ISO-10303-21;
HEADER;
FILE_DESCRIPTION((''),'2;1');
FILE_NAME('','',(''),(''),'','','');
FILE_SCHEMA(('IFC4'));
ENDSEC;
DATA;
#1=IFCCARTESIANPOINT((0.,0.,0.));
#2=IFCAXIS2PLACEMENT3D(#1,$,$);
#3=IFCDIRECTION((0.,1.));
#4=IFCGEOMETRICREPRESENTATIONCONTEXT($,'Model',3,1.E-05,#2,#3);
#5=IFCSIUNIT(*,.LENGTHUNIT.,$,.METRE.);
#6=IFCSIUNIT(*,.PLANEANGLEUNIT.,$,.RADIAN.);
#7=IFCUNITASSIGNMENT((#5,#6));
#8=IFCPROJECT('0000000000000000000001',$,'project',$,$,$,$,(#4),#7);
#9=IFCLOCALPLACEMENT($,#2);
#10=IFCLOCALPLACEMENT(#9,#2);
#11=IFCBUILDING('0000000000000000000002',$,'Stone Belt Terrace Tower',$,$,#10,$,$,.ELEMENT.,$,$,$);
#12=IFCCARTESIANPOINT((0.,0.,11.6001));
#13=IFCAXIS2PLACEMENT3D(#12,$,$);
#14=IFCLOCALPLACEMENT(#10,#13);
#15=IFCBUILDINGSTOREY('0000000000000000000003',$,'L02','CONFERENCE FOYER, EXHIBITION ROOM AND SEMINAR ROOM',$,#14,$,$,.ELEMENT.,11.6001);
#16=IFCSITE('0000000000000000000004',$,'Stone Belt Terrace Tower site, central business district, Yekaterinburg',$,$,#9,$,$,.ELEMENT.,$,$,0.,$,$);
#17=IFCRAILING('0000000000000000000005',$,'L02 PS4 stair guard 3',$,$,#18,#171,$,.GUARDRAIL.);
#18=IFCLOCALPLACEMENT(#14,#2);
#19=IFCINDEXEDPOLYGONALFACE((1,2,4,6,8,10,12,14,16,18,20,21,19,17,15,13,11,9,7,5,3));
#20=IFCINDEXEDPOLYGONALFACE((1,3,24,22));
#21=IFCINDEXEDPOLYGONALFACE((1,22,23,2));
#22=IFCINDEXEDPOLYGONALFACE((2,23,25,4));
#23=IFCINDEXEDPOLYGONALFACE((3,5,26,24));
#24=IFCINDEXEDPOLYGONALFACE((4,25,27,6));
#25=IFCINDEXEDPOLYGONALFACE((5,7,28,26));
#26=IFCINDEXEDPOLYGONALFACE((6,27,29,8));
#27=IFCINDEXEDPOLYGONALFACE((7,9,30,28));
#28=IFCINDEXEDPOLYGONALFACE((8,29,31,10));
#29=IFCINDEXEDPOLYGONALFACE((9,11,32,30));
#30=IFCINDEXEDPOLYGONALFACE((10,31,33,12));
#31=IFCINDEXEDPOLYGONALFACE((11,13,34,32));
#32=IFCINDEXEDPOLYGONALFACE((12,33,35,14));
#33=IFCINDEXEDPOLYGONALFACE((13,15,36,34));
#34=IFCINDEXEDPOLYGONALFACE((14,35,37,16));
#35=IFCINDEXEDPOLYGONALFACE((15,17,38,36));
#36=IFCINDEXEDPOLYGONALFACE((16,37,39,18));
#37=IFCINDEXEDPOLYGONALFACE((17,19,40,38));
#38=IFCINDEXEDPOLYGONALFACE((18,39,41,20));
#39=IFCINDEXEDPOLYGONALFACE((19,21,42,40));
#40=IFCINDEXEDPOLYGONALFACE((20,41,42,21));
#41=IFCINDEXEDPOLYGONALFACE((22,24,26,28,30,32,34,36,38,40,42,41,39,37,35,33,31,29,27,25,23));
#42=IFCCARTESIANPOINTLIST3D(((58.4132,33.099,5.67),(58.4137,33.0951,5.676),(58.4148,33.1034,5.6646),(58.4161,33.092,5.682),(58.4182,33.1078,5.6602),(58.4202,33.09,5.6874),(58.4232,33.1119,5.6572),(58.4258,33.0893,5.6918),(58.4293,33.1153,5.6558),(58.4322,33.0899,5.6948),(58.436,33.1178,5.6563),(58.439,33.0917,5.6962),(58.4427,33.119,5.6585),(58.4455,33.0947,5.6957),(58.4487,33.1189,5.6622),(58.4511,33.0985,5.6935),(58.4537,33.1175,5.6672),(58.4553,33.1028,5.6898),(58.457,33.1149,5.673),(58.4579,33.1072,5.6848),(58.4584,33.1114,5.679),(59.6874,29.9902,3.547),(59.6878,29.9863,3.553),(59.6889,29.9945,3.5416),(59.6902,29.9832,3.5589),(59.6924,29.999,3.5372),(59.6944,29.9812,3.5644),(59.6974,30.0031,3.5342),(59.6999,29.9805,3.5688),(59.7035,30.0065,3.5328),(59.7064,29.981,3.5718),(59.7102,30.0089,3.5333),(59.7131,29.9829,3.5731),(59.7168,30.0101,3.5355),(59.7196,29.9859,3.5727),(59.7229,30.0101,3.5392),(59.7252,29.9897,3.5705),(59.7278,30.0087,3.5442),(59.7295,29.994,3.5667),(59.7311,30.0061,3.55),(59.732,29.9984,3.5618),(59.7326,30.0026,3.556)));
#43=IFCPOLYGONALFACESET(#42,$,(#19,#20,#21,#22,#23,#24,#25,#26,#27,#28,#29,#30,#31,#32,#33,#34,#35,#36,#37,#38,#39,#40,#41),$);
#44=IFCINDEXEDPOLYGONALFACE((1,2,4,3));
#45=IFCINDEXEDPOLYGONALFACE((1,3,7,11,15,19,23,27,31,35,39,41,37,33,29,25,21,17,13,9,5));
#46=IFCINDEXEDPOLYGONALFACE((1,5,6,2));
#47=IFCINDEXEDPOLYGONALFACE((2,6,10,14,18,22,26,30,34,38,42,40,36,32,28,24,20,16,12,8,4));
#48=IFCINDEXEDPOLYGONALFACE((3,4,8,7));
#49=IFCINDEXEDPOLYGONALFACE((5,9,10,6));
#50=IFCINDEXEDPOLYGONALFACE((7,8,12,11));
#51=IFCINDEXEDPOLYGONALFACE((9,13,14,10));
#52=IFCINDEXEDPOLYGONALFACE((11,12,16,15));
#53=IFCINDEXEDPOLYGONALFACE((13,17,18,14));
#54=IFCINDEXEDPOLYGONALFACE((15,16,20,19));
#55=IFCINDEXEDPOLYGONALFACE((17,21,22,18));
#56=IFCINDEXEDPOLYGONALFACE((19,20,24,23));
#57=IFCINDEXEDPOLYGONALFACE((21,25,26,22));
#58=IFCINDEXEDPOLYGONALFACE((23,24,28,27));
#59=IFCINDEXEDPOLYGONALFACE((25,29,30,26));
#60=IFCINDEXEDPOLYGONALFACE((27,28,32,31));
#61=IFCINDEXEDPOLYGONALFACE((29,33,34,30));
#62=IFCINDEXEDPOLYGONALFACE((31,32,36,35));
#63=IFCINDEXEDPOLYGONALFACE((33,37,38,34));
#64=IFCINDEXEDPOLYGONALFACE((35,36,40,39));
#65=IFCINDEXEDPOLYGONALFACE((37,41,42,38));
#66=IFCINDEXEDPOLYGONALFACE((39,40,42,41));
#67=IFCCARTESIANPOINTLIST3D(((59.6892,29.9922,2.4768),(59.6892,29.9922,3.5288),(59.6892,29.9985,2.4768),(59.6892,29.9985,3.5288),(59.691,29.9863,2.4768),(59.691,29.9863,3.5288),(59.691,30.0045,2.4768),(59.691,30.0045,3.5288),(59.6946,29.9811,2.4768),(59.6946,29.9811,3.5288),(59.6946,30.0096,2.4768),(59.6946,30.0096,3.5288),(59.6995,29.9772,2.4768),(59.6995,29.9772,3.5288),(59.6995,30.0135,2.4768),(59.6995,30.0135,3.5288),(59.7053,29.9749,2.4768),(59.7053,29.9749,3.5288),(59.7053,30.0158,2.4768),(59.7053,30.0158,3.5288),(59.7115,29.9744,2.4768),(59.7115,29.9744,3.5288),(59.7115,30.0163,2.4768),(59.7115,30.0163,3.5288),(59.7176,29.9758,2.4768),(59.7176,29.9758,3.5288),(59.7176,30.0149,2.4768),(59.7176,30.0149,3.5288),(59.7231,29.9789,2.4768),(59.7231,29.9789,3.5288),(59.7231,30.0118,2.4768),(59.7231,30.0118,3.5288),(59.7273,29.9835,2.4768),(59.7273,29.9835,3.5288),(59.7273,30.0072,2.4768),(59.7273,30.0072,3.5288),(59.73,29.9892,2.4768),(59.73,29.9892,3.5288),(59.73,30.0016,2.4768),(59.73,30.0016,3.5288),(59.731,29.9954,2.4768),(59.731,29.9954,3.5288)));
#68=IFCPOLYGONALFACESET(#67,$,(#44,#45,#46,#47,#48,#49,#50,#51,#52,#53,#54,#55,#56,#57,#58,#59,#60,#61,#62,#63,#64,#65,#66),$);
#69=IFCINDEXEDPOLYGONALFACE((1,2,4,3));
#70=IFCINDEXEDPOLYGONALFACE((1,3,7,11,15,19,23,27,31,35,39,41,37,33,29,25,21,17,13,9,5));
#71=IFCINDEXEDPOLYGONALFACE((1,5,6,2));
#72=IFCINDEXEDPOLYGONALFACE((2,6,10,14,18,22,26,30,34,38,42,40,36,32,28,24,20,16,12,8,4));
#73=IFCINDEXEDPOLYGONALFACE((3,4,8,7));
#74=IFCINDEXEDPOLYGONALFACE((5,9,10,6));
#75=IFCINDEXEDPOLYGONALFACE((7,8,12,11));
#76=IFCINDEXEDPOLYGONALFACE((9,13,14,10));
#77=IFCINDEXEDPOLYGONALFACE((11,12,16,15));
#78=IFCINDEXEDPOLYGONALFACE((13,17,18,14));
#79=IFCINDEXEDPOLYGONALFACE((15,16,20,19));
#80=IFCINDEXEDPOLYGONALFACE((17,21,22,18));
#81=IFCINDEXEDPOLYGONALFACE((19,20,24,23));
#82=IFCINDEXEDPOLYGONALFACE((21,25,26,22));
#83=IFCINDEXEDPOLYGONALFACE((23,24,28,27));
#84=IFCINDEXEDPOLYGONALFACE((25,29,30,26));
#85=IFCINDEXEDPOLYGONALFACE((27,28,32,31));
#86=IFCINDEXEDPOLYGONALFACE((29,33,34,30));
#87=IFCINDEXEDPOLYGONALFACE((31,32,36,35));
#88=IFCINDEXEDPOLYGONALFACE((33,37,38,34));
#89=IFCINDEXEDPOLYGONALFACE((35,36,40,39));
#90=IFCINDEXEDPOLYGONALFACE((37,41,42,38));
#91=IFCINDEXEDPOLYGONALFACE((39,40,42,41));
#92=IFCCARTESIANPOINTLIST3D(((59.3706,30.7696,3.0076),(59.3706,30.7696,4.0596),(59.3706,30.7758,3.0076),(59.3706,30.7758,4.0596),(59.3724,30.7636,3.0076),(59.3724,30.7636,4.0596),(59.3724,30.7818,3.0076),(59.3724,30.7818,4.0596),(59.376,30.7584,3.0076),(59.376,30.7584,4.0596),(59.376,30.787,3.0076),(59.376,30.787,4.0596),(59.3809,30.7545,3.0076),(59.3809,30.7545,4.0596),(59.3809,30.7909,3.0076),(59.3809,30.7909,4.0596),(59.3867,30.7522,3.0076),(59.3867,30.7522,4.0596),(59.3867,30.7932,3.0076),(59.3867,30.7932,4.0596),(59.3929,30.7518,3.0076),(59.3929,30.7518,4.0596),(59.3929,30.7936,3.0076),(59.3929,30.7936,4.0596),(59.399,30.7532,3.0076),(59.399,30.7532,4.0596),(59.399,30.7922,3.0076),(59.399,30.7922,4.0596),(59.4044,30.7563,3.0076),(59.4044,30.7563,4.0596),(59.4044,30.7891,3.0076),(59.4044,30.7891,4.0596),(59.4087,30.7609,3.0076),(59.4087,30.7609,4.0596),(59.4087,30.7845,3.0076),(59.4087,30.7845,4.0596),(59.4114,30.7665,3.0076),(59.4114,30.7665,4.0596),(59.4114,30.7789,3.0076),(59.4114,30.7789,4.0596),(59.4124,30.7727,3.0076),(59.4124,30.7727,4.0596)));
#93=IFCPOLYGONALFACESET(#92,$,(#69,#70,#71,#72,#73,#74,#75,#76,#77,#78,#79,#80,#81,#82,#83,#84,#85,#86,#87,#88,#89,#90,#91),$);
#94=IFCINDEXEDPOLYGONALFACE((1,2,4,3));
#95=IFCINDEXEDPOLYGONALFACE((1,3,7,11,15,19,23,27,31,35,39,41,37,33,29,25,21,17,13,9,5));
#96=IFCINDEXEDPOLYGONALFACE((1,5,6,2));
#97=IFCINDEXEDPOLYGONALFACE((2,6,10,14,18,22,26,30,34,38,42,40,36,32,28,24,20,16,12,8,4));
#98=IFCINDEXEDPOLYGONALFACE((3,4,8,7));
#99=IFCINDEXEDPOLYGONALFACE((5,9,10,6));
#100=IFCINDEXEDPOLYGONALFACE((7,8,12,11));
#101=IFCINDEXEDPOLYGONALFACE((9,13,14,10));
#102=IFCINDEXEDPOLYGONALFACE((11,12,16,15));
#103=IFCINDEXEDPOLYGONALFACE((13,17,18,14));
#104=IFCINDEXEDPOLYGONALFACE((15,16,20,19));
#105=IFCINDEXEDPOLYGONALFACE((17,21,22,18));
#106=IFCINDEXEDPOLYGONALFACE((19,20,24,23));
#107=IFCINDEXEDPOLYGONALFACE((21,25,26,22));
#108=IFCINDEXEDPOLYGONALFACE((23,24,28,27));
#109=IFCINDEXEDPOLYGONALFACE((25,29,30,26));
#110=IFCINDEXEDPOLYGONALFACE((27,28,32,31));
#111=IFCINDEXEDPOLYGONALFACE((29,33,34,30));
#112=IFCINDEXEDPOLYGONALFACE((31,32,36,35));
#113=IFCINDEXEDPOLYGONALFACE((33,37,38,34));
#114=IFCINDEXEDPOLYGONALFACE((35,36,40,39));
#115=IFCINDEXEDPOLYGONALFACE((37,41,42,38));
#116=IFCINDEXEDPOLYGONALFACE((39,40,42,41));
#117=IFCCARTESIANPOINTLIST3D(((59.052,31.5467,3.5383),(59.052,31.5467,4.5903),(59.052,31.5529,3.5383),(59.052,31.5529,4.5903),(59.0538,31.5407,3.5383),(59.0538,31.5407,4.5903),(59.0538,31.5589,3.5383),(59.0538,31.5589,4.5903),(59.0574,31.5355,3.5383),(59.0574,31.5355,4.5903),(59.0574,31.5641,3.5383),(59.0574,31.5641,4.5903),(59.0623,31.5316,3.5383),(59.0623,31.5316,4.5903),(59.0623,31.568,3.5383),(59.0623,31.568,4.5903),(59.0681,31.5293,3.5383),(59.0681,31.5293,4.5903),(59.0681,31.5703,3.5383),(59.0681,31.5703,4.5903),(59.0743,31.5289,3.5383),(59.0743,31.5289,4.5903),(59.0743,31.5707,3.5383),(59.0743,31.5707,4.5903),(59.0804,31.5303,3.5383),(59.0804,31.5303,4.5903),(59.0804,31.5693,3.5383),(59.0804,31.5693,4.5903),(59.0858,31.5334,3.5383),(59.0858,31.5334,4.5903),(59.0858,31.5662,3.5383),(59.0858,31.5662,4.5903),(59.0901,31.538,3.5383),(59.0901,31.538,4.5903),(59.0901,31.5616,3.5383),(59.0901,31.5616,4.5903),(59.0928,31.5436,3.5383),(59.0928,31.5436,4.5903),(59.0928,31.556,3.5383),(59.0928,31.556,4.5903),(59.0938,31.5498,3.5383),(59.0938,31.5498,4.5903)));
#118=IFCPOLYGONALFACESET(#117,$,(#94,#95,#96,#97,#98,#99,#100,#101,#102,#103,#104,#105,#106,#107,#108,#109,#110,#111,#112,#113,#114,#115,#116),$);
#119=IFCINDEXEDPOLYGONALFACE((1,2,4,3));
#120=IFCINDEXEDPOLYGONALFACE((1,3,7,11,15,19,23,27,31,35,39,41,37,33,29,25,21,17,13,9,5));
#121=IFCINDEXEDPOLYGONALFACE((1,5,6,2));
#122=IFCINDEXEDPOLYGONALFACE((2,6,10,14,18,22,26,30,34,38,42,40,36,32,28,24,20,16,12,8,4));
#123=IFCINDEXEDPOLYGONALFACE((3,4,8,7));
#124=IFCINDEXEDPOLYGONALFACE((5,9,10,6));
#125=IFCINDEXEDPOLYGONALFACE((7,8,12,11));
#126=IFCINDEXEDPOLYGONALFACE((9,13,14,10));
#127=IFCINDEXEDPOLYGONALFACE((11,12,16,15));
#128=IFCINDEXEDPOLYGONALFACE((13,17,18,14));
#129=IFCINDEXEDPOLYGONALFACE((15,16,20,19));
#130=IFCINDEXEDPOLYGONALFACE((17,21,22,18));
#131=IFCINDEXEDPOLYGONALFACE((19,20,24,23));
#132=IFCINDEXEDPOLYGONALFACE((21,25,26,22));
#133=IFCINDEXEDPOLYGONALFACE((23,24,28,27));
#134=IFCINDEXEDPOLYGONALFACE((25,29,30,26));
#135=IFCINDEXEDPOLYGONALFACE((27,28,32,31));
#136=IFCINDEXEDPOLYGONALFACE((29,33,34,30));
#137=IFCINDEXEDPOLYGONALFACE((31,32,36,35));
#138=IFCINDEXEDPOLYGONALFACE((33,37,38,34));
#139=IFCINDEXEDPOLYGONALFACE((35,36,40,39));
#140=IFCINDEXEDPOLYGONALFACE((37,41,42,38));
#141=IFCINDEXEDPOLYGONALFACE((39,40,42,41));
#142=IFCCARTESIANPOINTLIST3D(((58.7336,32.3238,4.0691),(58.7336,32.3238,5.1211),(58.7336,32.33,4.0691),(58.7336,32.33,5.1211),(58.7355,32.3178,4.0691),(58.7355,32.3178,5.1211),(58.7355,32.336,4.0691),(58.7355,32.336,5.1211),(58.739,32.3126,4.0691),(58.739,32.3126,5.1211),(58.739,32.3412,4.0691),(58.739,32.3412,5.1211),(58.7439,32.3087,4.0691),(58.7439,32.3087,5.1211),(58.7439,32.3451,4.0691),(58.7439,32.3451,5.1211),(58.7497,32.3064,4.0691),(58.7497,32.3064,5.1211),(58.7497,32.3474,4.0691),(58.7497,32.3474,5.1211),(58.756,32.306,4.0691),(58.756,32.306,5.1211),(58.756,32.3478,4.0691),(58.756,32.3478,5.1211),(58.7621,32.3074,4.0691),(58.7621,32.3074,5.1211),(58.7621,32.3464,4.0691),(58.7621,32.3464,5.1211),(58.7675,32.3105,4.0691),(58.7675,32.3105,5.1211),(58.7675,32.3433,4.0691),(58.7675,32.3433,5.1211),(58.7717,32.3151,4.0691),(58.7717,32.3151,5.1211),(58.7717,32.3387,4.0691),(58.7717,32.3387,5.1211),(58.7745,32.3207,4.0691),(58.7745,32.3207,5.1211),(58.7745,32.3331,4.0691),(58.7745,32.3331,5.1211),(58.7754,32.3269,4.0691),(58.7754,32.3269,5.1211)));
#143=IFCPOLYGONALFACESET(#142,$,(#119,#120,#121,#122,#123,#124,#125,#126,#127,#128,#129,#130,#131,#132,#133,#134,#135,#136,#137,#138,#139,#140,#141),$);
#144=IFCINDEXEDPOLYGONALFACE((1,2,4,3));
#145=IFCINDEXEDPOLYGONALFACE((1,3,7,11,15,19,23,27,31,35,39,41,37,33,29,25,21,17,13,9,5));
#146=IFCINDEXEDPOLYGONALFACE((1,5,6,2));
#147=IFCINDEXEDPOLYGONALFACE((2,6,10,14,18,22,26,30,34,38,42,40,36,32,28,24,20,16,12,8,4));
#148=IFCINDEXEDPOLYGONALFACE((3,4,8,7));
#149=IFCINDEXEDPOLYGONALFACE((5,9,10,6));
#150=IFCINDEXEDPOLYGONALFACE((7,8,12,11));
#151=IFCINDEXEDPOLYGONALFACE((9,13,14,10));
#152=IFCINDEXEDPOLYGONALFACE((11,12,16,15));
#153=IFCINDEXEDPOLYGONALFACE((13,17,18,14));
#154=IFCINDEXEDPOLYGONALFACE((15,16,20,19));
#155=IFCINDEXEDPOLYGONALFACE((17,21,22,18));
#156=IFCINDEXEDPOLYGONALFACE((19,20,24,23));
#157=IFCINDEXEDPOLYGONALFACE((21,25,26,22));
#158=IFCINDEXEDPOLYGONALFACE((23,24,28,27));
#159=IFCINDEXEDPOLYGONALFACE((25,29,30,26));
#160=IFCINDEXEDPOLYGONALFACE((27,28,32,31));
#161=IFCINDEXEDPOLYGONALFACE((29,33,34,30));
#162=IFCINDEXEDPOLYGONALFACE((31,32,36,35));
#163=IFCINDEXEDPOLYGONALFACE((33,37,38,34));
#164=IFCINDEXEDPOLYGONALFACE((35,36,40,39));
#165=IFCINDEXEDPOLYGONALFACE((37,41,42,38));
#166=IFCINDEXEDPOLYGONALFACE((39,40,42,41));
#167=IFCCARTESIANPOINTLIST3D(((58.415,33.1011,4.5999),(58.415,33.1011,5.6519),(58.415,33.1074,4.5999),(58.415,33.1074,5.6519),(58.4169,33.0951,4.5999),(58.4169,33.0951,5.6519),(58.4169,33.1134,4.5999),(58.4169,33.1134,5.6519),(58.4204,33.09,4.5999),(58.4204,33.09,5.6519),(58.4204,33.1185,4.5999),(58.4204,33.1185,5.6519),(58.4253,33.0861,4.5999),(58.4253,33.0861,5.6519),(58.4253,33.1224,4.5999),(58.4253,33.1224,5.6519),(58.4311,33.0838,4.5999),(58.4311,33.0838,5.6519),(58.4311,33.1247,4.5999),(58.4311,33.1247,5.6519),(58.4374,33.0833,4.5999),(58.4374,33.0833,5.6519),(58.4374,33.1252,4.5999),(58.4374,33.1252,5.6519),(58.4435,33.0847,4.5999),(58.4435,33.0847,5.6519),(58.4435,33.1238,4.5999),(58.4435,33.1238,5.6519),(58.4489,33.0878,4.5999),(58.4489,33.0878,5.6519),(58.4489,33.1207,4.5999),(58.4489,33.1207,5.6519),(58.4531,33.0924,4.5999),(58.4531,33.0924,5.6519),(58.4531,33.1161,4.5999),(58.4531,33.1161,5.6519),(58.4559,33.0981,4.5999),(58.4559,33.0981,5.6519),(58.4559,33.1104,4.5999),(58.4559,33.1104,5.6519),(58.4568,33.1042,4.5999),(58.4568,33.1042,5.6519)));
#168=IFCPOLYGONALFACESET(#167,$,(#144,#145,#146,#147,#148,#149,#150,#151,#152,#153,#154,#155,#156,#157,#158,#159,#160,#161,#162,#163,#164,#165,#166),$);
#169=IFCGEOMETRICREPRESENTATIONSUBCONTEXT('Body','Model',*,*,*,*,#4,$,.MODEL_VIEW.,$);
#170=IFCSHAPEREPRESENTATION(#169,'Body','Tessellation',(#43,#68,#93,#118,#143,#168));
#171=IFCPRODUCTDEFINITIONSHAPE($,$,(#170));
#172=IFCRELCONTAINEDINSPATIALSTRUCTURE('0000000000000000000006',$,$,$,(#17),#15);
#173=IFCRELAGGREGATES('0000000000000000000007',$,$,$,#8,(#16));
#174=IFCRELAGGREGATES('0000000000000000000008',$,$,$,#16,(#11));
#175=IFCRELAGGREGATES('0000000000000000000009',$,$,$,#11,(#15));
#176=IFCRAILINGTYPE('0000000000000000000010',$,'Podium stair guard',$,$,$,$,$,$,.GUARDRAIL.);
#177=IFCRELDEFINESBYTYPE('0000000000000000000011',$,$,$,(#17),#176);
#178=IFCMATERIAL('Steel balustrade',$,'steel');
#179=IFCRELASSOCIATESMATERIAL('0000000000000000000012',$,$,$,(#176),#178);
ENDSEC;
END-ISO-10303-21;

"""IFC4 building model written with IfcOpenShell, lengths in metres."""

from ifc_helpers import new_model, si_unit, direction, frame, origin, origin_2d, place, context, subcontext, project, spatial, circle, extrude, material, type_object, element, save


model = new_model("IFC4")

# Units and contexts
model_context = context("Model", 3, precision=1e-05, world=origin(), true_north=direction((0.0, 1.0)))
body_context = subcontext(model_context, "Body", "Model", "MODEL_VIEW")
ifc_project = project(units=[si_unit("LENGTHUNIT", "METRE"), si_unit("PLANEANGLEUNIT", "RADIAN")], contexts=[model_context])

# Site, building, storey
site_placement = place(None, origin())
site = spatial("IfcSite", under=ifc_project, at=site_placement, Name="Stone Belt Terrace Tower site, central business district, Yekaterinburg", CompositionType="ELEMENT", RefElevation=0.0)
building_placement = place(site_placement, origin())
building = spatial("IfcBuilding", under=site, at=building_placement, Name="Stone Belt Terrace Tower", CompositionType="ELEMENT")
storey_placement = place(building_placement, frame((0.0, 0.0, 11.6001)))
storey = spatial("IfcBuildingStorey", under=building, at=storey_placement, Name="L02", Description="CONFERENCE FOYER, EXHIBITION ROOM AND SEMINAR ROOM", CompositionType="ELEMENT", Elevation=11.6001)

# Railing
ifc_material_1 = material(Name="Steel balustrade", Category="steel")
railing_type_1 = type_object("IfcRailingType", Name="Podium stair guard", PredefinedType="GUARDRAIL", material=ifc_material_1)
railing_1_placement = place(storey_placement, frame((59.71, 29.9954, 2.4768)))
element("IfcRailing", 1, at=railing_1_placement, inside=storey, type_object=railing_type_1, Name="L02 PS4 stair guard 3", PredefinedType="GUARDRAIL", context=body_context, shape_type="SweptSolid", body=[
    extrude(circle(Radius=0.0239, at=origin_2d()), frame((0.0, 0.0, 1.0762), z_axis=(-0.320593, 0.782224, 0.534178), x_axis=(-0.925301, -0.379233, 0.0)), (0.0, 0.0, 1.0), 3.9744),
    extrude(circle(Radius=0.021, at=origin_2d()), origin(), (0.0, 0.0, 1.0), 1.052),
    extrude(circle(Radius=0.021, at=origin_2d()), frame((-0.3186, 0.7773, 0.5308)), (0.0, 0.0, 1.0), 1.052),
    extrude(circle(Radius=0.021, at=origin_2d()), frame((-0.6372, 1.5544, 1.0615)), (0.0, 0.0, 1.0), 1.052),
    extrude(circle(Radius=0.021, at=origin_2d()), frame((-0.9556, 2.3315, 1.5923)), (0.0, 0.0, 1.0), 1.052),
    extrude(circle(Radius=0.021, at=origin_2d()), frame((-1.2742, 3.1089, 2.123)), (0.0, 0.0, 1.0), 1.052),
])

save(model, "model.ifc")
